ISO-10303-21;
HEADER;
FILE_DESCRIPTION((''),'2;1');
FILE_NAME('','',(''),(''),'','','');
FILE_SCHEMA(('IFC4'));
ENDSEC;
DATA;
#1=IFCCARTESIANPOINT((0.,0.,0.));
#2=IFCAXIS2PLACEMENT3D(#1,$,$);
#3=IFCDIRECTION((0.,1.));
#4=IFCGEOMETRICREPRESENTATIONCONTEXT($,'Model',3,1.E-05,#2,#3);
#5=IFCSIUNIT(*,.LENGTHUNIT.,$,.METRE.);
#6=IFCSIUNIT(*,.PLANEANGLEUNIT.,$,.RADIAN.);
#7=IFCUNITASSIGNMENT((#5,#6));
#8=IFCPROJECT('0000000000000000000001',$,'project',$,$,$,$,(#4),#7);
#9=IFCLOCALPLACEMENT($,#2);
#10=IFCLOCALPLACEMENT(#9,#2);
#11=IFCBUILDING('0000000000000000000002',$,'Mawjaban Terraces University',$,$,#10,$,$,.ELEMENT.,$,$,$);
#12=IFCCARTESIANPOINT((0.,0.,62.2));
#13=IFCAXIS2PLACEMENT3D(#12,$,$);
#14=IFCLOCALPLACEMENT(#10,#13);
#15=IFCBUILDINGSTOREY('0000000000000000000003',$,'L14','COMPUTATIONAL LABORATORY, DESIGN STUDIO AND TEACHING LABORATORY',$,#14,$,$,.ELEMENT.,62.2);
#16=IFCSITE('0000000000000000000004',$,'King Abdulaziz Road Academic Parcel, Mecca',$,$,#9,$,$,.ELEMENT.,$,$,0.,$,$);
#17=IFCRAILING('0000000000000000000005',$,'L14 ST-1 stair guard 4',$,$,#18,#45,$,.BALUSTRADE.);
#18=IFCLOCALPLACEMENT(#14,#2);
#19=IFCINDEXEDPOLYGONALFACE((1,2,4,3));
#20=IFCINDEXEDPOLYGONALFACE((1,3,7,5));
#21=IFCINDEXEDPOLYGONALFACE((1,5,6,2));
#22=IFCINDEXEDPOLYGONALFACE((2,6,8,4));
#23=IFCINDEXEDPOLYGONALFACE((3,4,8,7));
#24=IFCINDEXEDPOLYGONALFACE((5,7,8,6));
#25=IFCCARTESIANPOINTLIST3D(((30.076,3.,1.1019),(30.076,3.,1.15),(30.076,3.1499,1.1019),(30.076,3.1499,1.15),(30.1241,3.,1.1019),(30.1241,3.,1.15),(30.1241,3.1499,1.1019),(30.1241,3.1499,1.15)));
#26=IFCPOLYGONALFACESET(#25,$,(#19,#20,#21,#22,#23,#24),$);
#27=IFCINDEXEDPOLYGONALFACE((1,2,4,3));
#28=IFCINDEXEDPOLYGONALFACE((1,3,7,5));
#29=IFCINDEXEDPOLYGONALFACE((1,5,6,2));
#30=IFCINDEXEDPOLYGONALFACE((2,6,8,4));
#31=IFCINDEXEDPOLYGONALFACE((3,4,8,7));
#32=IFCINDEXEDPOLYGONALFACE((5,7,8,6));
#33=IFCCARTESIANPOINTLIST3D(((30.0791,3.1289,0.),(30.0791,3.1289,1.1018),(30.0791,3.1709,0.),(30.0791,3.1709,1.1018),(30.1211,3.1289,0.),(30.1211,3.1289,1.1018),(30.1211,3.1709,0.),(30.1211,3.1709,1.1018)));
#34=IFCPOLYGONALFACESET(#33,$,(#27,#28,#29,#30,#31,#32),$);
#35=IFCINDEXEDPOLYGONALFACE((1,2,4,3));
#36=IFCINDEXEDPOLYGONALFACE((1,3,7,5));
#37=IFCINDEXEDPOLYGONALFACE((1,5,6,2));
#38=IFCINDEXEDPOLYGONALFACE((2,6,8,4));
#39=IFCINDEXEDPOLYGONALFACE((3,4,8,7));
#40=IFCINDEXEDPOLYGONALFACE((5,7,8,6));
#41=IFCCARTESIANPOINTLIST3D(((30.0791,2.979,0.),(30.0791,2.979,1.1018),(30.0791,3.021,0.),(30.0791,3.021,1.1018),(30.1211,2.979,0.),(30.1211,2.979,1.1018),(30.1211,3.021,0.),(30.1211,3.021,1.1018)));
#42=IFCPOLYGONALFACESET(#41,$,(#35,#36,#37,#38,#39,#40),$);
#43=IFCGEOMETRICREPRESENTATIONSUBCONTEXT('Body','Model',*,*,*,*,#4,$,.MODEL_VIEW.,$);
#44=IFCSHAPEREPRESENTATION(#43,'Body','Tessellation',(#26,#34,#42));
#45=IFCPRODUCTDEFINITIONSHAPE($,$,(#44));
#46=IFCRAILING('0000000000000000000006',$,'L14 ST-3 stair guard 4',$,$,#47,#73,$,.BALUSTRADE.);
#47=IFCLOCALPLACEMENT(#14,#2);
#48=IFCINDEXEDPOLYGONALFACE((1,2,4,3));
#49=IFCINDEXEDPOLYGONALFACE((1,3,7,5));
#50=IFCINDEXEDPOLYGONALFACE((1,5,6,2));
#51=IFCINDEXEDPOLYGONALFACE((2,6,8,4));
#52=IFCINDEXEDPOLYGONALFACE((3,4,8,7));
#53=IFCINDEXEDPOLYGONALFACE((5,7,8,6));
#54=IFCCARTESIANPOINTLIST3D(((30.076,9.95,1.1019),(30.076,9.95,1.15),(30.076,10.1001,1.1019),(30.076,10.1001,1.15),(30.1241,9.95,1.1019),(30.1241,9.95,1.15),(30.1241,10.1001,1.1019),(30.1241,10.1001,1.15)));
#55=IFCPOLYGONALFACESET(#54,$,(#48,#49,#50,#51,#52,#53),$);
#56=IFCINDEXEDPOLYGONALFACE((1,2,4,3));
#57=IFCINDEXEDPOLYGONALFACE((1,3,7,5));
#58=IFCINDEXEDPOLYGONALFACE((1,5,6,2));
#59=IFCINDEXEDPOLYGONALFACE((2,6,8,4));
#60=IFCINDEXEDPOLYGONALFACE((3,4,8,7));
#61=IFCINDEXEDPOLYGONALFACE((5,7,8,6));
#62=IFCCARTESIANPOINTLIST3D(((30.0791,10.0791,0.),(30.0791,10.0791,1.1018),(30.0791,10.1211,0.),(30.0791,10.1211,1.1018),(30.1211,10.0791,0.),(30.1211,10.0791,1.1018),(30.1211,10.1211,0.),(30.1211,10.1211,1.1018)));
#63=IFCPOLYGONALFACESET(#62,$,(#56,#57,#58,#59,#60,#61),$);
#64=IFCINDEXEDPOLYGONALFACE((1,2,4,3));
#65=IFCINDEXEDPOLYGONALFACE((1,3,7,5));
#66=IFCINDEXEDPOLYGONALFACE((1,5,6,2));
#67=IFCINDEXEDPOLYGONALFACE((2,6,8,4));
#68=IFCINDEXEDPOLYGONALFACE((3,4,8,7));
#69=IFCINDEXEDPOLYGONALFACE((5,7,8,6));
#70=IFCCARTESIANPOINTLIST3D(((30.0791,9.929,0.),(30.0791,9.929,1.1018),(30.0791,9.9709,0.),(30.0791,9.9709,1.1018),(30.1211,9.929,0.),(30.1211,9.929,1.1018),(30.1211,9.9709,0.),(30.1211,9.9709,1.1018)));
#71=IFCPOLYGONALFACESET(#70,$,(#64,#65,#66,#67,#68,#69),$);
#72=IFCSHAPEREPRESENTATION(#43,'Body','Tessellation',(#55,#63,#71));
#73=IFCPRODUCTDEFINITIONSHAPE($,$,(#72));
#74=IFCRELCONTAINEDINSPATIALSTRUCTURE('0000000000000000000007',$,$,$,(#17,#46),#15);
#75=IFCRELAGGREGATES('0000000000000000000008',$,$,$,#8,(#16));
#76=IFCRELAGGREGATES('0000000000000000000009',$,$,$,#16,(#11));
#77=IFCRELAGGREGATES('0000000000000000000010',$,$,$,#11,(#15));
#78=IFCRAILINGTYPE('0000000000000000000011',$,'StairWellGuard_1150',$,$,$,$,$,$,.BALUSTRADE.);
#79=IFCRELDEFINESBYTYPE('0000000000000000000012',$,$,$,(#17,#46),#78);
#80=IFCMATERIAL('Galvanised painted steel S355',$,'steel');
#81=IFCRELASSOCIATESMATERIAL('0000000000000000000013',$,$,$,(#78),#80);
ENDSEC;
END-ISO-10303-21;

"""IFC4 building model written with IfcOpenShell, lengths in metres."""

from ifc_helpers import new_model, si_unit, direction, frame, origin, origin_2d, place, context, subcontext, project, spatial, rectangle, extrude, material, type_object, element, save


model = new_model("IFC4")

# Units and contexts
model_context = context("Model", 3, precision=1e-05, world=origin(), true_north=direction((0.0, 1.0)))
body_context = subcontext(model_context, "Body", "Model", "MODEL_VIEW")
ifc_project = project(units=[si_unit("LENGTHUNIT", "METRE"), si_unit("PLANEANGLEUNIT", "RADIAN")], contexts=[model_context])

# Site, building, storey
site_placement = place(None, origin())
site = spatial("IfcSite", under=ifc_project, at=site_placement, Name="King Abdulaziz Road Academic Parcel, Mecca", CompositionType="ELEMENT", RefElevation=0.0)
building_placement = place(site_placement, origin())
building = spatial("IfcBuilding", under=site, at=building_placement, Name="Mawjaban Terraces University", CompositionType="ELEMENT")
storey_placement = place(building_placement, frame((0.0, 0.0, 62.2)))
storey = spatial("IfcBuildingStorey", under=building, at=storey_placement, Name="L14", Description="COMPUTATIONAL LABORATORY, DESIGN STUDIO AND TEACHING LABORATORY", CompositionType="ELEMENT", Elevation=62.2)

# Railings
ifc_material_1 = material(Name="Galvanised painted steel S355", Category="steel")
railing_type = type_object("IfcRailingType", Name="StairWellGuard_1150", PredefinedType="BALUSTRADE", material=ifc_material_1)
railing_1_placement = place(storey_placement, frame((30.1001, 3.1499, 0.0)))
element("IfcRailing", 1, at=railing_1_placement, inside=storey, type_object=railing_type, Name="L14 ST-1 stair guard 4", PredefinedType="BALUSTRADE", context=body_context, shape_type="SweptSolid", body=[
    extrude(rectangle(XDim=0.0481, YDim=0.0481, at=origin_2d()), frame((0.0, 0.0, 1.126), z_axis=(0.0, -1.0, 0.0), x_axis=(1.0, 0.0, 0.0)), (0.0, 0.0, 1.0), 0.1499),
    extrude(rectangle(XDim=0.042, YDim=0.042, at=origin_2d()), origin(), (0.0, 0.0, 1.0), 1.1018),
    extrude(rectangle(XDim=0.042, YDim=0.042, at=origin_2d()), frame((0.0, -0.1499, 0.0)), (0.0, 0.0, 1.0), 1.1018),
])
railing_2_placement = place(storey_placement, frame((30.1001, 10.1001, 0.0)))
element("IfcRailing", 2, at=railing_2_placement, inside=storey, type_object=railing_type, Name="L14 ST-3 stair guard 4", PredefinedType="BALUSTRADE", context=body_context, shape_type="SweptSolid", body=[
    extrude(rectangle(XDim=0.0481, YDim=0.0481, at=origin_2d()), frame((0.0, 0.0, 1.126), z_axis=(0.0, -1.0, 0.0), x_axis=(1.0, 0.0, 0.0)), (0.0, 0.0, 1.0), 0.1501),
    extrude(rectangle(XDim=0.042, YDim=0.042, at=origin_2d()), origin(), (0.0, 0.0, 1.0), 1.1018),
    extrude(rectangle(XDim=0.042, YDim=0.042, at=origin_2d()), frame((0.0, -0.1501, 0.0)), (0.0, 0.0, 1.0), 1.1018),
])

save(model, "model.ifc")
